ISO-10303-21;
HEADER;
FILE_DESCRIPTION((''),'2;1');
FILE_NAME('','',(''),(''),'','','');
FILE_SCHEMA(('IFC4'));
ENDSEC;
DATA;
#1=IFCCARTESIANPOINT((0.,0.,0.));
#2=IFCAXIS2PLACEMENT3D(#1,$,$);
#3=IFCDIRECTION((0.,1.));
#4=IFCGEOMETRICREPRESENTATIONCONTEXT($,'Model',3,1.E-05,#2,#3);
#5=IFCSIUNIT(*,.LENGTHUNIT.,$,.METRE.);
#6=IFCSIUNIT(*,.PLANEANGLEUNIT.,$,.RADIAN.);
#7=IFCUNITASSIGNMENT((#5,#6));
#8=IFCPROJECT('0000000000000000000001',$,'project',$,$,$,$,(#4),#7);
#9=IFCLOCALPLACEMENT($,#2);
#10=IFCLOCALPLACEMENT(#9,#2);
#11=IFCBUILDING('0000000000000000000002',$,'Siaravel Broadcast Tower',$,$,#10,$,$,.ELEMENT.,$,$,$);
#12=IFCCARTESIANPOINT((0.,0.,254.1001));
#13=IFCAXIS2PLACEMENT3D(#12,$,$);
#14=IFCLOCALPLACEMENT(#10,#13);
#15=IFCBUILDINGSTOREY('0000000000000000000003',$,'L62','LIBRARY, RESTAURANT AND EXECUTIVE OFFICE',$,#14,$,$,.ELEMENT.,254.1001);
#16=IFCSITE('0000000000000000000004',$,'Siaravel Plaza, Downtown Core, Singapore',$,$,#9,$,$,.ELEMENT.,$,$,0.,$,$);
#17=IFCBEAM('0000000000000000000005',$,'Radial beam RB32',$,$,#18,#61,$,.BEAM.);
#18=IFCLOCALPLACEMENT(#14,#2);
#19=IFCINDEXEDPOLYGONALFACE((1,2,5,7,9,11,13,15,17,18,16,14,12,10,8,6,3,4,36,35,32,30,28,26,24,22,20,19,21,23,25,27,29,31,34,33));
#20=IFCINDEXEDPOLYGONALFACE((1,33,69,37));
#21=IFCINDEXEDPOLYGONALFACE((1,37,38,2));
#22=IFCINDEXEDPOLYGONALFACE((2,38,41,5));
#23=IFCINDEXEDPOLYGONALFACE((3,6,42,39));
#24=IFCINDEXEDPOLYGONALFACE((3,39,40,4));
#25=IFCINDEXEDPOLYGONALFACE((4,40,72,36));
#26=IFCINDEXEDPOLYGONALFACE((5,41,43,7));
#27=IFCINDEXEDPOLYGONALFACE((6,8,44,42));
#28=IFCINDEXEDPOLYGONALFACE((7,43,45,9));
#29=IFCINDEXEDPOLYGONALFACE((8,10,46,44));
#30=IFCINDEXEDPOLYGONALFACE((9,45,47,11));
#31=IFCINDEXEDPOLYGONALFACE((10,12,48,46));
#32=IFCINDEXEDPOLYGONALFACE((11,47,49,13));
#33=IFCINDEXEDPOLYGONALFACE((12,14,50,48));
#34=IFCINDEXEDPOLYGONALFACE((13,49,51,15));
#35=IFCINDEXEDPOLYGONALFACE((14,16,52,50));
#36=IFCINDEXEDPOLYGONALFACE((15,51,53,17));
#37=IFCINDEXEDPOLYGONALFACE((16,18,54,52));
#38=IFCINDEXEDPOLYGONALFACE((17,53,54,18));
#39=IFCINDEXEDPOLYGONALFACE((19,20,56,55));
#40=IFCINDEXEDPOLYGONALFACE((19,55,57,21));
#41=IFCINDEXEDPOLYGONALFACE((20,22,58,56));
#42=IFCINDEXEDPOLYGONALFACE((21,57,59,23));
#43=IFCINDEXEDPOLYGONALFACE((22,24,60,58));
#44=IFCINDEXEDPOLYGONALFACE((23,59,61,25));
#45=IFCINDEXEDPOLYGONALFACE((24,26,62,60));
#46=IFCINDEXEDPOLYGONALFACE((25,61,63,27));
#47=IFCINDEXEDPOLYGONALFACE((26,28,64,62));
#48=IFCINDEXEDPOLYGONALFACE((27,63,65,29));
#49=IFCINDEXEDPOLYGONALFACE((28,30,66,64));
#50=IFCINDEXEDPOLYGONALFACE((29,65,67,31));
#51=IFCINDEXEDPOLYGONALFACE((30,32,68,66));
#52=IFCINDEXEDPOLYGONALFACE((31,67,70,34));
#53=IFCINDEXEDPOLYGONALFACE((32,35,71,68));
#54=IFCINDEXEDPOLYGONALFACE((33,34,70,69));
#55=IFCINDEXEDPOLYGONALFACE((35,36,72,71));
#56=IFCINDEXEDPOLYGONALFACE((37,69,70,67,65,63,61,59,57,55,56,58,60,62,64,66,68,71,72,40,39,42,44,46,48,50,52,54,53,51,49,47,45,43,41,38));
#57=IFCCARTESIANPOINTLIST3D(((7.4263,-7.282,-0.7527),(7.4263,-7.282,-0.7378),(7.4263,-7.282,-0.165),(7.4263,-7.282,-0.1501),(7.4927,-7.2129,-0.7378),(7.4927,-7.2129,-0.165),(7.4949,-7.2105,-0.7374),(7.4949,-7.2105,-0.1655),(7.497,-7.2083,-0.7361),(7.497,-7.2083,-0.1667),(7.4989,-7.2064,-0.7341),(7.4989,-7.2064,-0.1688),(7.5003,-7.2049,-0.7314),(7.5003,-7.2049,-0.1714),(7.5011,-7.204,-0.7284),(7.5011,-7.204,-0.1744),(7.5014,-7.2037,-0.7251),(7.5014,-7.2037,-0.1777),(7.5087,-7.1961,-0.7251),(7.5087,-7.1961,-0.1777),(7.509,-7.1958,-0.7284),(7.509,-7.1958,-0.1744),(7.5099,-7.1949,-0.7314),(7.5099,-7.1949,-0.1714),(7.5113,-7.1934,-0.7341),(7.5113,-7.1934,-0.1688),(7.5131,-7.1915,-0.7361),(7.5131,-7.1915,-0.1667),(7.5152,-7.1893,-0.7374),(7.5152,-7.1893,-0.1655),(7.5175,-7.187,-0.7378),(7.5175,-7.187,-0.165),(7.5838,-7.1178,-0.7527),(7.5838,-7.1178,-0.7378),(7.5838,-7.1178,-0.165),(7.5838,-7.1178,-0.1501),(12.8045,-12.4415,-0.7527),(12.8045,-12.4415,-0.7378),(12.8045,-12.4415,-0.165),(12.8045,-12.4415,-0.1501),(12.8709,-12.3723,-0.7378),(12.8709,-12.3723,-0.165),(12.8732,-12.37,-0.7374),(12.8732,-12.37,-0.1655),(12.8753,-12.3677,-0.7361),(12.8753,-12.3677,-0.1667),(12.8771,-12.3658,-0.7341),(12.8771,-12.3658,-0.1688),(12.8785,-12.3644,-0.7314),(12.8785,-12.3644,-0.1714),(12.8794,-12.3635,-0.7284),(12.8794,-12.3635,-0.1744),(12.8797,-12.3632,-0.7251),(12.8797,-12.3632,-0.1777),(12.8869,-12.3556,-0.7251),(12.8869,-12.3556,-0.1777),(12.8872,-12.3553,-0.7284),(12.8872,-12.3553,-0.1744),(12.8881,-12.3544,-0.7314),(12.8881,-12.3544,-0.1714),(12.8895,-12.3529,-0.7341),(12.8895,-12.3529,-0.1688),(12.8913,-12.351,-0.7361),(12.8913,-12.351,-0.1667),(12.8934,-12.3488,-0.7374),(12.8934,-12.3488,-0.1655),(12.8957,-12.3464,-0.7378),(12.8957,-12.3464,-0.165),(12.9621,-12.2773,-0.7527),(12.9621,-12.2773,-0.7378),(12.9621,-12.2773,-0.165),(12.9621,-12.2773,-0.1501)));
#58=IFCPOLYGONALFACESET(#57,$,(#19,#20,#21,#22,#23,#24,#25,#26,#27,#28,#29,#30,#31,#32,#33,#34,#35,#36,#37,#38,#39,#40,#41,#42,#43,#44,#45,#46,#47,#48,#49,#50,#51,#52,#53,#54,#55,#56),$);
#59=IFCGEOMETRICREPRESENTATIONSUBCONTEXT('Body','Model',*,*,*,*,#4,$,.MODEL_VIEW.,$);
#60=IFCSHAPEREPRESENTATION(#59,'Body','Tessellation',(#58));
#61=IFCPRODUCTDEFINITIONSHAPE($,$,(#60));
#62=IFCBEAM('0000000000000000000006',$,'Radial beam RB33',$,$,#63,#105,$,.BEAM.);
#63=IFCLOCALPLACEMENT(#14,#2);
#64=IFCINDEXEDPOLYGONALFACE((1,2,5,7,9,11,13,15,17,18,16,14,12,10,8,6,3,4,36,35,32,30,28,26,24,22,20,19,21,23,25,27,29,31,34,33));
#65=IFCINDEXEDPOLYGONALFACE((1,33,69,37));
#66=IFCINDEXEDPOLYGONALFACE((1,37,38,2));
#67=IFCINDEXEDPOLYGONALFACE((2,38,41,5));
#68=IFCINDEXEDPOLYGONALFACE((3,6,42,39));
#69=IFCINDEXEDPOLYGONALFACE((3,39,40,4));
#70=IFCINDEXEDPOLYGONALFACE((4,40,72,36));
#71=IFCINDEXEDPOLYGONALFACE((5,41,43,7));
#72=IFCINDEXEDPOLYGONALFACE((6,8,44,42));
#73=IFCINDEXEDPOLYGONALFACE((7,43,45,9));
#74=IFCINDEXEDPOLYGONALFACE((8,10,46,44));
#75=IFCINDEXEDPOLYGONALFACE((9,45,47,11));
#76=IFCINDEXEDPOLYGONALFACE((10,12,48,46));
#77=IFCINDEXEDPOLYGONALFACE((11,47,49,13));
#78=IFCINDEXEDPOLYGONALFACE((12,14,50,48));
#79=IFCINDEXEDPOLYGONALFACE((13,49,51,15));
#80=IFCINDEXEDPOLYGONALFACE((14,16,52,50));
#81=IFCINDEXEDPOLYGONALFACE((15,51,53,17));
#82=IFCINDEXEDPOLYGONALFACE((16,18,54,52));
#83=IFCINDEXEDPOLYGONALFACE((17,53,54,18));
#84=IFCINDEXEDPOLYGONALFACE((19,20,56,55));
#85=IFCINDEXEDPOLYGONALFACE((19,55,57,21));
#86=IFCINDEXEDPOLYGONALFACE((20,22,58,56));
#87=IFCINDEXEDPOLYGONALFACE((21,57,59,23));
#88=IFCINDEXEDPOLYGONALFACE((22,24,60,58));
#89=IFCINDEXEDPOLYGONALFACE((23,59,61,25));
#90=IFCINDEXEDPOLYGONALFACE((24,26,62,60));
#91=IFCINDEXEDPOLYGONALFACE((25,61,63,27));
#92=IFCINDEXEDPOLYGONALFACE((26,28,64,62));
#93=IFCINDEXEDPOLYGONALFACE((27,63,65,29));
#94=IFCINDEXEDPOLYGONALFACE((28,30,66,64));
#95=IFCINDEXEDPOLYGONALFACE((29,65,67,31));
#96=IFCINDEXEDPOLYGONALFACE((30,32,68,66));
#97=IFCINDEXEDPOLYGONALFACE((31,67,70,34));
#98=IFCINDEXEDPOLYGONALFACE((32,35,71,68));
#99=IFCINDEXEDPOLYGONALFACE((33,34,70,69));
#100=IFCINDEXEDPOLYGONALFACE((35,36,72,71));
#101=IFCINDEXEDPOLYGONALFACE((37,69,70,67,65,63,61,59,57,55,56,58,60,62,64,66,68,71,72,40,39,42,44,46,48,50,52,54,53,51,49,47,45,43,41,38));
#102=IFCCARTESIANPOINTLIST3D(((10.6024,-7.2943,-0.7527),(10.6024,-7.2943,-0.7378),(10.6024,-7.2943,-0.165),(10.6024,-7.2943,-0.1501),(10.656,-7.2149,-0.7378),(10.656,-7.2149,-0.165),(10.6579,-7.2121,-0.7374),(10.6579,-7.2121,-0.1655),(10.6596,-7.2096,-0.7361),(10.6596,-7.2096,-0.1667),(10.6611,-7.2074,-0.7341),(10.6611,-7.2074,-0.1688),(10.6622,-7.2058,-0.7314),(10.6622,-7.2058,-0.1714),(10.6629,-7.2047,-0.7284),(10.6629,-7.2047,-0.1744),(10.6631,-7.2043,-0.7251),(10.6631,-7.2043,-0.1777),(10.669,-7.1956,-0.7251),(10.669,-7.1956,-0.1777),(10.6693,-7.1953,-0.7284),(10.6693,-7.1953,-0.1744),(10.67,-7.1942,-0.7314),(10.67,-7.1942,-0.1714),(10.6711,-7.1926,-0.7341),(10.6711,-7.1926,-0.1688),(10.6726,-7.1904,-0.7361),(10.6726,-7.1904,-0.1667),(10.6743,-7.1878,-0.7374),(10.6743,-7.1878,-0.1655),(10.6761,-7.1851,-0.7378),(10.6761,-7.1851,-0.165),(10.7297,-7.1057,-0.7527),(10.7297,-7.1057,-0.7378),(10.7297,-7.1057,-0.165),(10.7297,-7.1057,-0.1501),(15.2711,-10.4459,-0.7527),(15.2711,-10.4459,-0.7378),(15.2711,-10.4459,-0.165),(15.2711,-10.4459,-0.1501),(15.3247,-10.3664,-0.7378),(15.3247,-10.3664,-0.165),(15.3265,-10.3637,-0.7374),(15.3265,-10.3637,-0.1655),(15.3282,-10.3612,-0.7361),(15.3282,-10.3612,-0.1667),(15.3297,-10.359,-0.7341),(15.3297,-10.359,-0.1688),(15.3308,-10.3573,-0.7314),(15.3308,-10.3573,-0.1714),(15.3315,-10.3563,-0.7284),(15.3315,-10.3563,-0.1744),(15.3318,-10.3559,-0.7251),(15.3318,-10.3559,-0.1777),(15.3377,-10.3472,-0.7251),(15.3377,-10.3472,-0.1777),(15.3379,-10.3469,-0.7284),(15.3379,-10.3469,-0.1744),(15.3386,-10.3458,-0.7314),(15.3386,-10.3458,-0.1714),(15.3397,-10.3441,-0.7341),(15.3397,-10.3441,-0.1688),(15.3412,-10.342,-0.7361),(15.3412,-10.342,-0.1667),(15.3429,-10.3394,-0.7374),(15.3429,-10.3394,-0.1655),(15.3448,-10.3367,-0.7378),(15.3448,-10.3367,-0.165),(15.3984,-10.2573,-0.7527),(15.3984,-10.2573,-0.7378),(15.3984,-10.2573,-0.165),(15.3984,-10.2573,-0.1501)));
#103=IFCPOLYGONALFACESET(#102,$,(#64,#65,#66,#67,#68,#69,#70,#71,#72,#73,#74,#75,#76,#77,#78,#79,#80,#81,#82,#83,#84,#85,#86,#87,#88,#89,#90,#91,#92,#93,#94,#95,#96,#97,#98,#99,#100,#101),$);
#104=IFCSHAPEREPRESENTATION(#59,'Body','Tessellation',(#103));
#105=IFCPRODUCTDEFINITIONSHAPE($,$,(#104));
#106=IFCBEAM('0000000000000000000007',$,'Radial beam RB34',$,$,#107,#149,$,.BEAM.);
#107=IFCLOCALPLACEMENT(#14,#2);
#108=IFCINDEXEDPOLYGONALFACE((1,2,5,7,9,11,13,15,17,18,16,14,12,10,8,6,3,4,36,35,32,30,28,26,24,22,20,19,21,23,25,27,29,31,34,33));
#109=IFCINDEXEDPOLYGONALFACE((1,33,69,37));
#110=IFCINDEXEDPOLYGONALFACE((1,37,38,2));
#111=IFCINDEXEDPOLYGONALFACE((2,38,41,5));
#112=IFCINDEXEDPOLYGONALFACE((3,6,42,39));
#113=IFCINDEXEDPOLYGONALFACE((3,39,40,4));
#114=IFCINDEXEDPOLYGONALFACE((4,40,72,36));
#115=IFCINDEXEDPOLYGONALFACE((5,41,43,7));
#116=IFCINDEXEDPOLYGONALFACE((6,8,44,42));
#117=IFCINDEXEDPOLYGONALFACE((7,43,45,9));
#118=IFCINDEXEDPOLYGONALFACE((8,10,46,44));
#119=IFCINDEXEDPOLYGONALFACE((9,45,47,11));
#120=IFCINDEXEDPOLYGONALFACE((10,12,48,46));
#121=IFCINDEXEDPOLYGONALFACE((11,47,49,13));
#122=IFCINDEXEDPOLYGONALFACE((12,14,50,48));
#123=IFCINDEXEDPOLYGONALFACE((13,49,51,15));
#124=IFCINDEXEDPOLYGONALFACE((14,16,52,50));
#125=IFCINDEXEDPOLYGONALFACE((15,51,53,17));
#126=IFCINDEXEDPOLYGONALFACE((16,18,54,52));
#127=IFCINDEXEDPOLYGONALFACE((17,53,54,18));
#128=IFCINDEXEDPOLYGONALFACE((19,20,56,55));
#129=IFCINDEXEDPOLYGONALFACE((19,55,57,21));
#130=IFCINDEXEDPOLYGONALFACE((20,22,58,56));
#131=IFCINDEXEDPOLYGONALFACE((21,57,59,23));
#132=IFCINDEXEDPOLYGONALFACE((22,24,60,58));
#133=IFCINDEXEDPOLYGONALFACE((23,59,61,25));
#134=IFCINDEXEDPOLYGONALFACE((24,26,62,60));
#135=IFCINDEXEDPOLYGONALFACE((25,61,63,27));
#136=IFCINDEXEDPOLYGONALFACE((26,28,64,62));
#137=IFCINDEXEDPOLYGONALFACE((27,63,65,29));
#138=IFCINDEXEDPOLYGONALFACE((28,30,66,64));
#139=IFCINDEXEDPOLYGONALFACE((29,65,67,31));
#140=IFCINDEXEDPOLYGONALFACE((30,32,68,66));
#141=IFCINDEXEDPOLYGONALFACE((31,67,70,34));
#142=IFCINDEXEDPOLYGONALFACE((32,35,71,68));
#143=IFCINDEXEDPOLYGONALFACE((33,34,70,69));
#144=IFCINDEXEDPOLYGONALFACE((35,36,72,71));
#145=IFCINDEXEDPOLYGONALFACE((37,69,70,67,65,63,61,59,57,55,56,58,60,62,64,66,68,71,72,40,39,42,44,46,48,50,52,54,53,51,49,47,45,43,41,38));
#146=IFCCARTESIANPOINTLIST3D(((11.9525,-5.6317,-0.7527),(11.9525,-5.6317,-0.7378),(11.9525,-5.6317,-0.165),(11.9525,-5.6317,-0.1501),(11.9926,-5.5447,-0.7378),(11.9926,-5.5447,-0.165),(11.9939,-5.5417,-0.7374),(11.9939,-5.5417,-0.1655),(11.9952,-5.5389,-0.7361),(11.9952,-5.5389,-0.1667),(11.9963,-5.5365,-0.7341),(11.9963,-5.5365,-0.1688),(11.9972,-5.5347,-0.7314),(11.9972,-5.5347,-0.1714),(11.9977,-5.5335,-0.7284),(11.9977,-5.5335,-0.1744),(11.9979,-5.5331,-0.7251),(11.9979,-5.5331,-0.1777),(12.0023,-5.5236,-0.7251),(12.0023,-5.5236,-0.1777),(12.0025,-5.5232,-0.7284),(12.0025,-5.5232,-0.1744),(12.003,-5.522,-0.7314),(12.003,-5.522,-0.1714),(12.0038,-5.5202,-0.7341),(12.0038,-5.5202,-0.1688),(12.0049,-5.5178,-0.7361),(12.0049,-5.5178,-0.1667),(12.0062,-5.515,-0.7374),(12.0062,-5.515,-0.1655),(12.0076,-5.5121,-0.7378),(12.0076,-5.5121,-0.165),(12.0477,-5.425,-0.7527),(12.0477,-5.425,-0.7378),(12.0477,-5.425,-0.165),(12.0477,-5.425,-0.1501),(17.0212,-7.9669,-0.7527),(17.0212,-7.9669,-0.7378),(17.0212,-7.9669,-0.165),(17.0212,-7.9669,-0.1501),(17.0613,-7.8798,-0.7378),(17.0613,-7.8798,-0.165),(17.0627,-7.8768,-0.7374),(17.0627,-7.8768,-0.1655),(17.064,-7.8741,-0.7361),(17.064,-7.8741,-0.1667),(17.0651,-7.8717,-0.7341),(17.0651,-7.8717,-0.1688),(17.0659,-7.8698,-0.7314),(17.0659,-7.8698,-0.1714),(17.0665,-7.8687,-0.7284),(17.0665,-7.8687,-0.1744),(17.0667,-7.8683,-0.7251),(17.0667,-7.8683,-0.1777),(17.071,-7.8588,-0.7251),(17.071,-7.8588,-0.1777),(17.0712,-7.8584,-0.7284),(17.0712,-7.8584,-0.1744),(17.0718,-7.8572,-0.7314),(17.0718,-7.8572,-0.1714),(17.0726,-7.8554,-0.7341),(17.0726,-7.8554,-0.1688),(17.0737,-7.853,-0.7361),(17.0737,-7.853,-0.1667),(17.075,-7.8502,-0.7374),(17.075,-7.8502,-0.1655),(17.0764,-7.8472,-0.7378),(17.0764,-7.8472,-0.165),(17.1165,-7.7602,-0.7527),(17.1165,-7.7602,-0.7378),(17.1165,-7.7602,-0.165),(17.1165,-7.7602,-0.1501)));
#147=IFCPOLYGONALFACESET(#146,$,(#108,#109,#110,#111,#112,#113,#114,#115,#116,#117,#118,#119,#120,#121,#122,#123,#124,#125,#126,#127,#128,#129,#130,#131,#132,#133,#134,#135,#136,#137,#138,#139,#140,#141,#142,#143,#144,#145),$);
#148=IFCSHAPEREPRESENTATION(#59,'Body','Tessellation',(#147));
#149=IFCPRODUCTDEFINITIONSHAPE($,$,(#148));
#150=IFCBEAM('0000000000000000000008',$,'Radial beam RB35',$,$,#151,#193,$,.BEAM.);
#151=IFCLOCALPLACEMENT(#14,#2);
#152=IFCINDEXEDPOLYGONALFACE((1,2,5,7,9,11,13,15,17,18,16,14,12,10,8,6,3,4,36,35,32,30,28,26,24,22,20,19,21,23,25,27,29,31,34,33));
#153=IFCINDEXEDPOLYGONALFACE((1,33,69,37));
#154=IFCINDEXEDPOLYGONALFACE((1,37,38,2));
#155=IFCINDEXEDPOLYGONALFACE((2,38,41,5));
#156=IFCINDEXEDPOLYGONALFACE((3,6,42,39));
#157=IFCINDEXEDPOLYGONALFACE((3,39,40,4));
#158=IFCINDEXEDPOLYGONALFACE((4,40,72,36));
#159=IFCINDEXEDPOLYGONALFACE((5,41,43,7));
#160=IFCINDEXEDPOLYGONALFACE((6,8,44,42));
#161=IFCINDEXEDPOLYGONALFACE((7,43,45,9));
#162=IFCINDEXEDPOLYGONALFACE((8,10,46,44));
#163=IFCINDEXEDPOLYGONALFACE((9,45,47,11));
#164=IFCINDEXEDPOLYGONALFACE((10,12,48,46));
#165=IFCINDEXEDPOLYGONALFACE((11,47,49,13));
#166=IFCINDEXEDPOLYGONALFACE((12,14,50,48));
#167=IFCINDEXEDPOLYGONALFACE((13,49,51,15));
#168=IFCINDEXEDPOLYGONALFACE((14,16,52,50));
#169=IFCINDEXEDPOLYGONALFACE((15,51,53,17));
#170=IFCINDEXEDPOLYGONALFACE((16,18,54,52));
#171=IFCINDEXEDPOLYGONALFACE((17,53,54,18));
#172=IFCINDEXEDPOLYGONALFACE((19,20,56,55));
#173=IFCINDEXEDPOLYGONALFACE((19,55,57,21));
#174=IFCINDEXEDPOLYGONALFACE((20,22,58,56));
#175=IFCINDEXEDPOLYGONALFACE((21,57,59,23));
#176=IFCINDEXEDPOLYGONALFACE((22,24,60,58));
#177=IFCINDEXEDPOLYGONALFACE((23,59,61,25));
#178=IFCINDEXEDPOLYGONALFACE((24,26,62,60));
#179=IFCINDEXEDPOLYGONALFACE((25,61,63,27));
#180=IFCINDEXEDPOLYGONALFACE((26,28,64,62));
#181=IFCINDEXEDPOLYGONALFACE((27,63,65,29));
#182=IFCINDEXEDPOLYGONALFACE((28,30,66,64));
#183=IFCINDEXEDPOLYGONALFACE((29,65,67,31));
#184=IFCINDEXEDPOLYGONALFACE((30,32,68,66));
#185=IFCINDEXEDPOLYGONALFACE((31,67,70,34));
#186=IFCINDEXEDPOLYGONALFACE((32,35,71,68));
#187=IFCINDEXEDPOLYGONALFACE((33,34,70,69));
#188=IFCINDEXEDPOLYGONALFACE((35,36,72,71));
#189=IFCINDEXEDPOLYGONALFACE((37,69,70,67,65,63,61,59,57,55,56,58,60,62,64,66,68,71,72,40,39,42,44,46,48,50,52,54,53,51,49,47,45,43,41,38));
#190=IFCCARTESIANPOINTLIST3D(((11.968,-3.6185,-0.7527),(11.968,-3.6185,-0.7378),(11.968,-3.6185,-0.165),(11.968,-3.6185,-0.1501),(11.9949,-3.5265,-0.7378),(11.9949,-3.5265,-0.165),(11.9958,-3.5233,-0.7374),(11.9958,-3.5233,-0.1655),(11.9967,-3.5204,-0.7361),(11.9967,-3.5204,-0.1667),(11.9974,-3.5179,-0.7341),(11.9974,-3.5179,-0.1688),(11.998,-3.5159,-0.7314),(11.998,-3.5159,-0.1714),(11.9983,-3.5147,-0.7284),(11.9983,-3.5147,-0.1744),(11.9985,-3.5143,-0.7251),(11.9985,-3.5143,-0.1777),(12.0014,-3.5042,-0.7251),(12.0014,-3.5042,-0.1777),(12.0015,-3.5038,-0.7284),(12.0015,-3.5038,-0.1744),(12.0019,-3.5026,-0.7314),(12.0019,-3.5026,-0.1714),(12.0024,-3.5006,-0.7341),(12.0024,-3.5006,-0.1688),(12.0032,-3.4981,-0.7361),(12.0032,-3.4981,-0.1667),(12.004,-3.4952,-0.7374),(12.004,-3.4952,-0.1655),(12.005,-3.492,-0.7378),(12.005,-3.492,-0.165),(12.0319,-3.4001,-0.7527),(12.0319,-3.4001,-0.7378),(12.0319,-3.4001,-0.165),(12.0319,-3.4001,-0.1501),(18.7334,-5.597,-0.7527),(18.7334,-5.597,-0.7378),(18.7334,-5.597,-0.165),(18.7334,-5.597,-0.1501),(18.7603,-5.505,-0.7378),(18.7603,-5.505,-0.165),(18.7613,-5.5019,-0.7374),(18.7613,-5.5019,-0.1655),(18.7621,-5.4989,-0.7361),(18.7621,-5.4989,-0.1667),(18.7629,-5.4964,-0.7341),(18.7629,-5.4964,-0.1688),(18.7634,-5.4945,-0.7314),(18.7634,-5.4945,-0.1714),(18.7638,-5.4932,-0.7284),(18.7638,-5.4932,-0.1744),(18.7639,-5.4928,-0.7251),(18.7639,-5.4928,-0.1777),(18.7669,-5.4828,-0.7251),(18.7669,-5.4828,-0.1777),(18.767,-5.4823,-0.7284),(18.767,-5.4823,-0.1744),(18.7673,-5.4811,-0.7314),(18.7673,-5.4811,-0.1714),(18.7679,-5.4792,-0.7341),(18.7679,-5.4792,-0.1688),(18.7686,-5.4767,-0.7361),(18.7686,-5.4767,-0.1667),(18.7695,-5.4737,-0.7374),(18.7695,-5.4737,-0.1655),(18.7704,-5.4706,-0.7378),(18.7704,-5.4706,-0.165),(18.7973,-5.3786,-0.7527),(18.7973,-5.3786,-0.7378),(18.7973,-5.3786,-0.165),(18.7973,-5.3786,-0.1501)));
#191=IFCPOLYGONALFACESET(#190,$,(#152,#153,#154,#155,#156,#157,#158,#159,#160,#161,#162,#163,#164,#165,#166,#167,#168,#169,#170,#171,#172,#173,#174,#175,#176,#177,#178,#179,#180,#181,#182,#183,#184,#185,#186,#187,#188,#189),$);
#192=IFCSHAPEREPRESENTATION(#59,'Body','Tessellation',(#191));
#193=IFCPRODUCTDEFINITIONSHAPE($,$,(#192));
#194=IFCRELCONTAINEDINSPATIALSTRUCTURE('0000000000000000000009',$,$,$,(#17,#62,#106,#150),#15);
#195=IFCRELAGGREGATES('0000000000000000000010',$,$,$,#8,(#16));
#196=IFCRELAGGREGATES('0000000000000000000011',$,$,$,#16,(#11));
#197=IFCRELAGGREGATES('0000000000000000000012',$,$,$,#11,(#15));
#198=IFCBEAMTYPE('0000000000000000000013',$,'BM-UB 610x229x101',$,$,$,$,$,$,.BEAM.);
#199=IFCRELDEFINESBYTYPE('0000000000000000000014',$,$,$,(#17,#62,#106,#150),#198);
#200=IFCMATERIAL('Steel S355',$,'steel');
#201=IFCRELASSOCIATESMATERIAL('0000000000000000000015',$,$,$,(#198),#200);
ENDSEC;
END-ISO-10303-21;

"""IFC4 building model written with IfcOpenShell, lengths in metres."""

from ifc_helpers import new_model, si_unit, direction, frame, origin, origin_2d, place, context, subcontext, project, spatial, i_section, extrude, material, material_profile, profile_set, type_object, element, save


model = new_model("IFC4")

# Units and contexts
model_context = context("Model", 3, precision=1e-05, world=origin(), true_north=direction((0.0, 1.0)))
body_context = subcontext(model_context, "Body", "Model", "MODEL_VIEW")
ifc_project = project(units=[si_unit("LENGTHUNIT", "METRE"), si_unit("PLANEANGLEUNIT", "RADIAN")], contexts=[model_context])

# Site, building, storey
site_placement = place(None, origin())
site = spatial("IfcSite", under=ifc_project, at=site_placement, Name="Siaravel Plaza, Downtown Core, Singapore", CompositionType="ELEMENT", RefElevation=0.0)
building_placement = place(site_placement, origin())
building = spatial("IfcBuilding", under=site, at=building_placement, Name="Siaravel Broadcast Tower", CompositionType="ELEMENT")
storey_placement = place(building_placement, frame((0.0, 0.0, 254.1001)))
storey = spatial("IfcBuildingStorey", under=building, at=storey_placement, Name="L62", Description="LIBRARY, RESTAURANT AND EXECUTIVE OFFICE", CompositionType="ELEMENT", Elevation=254.1001)

# Beams
ifc_material_1 = material(Name="Steel S355", Category="steel")
ifc_material_profile_1 = material_profile(ifc_material_1, i_section(OverallWidth=0.2275, OverallDepth=0.6025, WebThickness=0.0105, FlangeThickness=0.0149, FilletRadius=0.0127, at=origin_2d()))
ifc_profile_set_1 = profile_set([ifc_material_profile_1], Name="Steel S355")
beam_type = type_object("IfcBeamType", Name="BM-UB 610x229x101", PredefinedType="BEAM", material=ifc_profile_set_1)
beam_1_placement = place(storey_placement, frame((12.8833, -12.3594, -0.4514), z_axis=(-0.72163, 0.692279, 0.0), x_axis=(-0.692279, -0.72163, 0.0)))
element("IfcBeam", 1, at=beam_1_placement, inside=storey, type_object=beam_type, Name="Radial beam RB32", PredefinedType="BEAM", context=body_context, shape_type="SweptSolid", body=[
    extrude(i_section(OverallWidth=0.2275, OverallDepth=0.6025, WebThickness=0.0105, FlangeThickness=0.0149, FilletRadius=0.0127, at=origin_2d()), origin(), (0.0, 0.0, 1.0), 7.4529),
])
beam_2_placement = place(storey_placement, frame((15.3347, -10.3516, -0.4514), z_axis=(-0.828829, 0.559502, 0.0), x_axis=(-0.559502, -0.828829, 0.0)))
element("IfcBeam", 2, at=beam_2_placement, inside=storey, type_object=beam_type, Name="Radial beam RB33", PredefinedType="BEAM", context=body_context, shape_type="SweptSolid", body=[
    extrude(i_section(OverallWidth=0.2275, OverallDepth=0.6025, WebThickness=0.0105, FlangeThickness=0.0149, FilletRadius=0.0127, at=origin_2d()), origin(), (0.0, 0.0, 1.0), 5.6328),
])
beam_3_placement = place(storey_placement, frame((17.0688, -7.8635, -0.4514), z_axis=(-0.90825, 0.418428, 0.0), x_axis=(-0.418428, -0.90825, 0.0)))
element("IfcBeam", 3, at=beam_3_placement, inside=storey, type_object=beam_type, Name="Radial beam RB34", PredefinedType="BEAM", context=body_context, shape_type="SweptSolid", body=[
    extrude(i_section(OverallWidth=0.2275, OverallDepth=0.6025, WebThickness=0.0105, FlangeThickness=0.0149, FilletRadius=0.0127, at=origin_2d()), origin(), (0.0, 0.0, 1.0), 5.5808),
])
beam_4_placement = place(storey_placement, frame((18.7654, -5.4878, -0.4514), z_axis=(-0.959798, 0.28069, 0.0), x_axis=(-0.28069, -0.959798, 0.0)))
element("IfcBeam", 4, at=beam_4_placement, inside=storey, type_object=beam_type, Name="Radial beam RB35", PredefinedType="BEAM", context=body_context, shape_type="SweptSolid", body=[
    extrude(i_section(OverallWidth=0.2275, OverallDepth=0.6025, WebThickness=0.0105, FlangeThickness=0.0149, FilletRadius=0.0127, at=origin_2d()), origin(), (0.0, 0.0, 1.0), 7.0488),
])

save(model, "model.ifc")
